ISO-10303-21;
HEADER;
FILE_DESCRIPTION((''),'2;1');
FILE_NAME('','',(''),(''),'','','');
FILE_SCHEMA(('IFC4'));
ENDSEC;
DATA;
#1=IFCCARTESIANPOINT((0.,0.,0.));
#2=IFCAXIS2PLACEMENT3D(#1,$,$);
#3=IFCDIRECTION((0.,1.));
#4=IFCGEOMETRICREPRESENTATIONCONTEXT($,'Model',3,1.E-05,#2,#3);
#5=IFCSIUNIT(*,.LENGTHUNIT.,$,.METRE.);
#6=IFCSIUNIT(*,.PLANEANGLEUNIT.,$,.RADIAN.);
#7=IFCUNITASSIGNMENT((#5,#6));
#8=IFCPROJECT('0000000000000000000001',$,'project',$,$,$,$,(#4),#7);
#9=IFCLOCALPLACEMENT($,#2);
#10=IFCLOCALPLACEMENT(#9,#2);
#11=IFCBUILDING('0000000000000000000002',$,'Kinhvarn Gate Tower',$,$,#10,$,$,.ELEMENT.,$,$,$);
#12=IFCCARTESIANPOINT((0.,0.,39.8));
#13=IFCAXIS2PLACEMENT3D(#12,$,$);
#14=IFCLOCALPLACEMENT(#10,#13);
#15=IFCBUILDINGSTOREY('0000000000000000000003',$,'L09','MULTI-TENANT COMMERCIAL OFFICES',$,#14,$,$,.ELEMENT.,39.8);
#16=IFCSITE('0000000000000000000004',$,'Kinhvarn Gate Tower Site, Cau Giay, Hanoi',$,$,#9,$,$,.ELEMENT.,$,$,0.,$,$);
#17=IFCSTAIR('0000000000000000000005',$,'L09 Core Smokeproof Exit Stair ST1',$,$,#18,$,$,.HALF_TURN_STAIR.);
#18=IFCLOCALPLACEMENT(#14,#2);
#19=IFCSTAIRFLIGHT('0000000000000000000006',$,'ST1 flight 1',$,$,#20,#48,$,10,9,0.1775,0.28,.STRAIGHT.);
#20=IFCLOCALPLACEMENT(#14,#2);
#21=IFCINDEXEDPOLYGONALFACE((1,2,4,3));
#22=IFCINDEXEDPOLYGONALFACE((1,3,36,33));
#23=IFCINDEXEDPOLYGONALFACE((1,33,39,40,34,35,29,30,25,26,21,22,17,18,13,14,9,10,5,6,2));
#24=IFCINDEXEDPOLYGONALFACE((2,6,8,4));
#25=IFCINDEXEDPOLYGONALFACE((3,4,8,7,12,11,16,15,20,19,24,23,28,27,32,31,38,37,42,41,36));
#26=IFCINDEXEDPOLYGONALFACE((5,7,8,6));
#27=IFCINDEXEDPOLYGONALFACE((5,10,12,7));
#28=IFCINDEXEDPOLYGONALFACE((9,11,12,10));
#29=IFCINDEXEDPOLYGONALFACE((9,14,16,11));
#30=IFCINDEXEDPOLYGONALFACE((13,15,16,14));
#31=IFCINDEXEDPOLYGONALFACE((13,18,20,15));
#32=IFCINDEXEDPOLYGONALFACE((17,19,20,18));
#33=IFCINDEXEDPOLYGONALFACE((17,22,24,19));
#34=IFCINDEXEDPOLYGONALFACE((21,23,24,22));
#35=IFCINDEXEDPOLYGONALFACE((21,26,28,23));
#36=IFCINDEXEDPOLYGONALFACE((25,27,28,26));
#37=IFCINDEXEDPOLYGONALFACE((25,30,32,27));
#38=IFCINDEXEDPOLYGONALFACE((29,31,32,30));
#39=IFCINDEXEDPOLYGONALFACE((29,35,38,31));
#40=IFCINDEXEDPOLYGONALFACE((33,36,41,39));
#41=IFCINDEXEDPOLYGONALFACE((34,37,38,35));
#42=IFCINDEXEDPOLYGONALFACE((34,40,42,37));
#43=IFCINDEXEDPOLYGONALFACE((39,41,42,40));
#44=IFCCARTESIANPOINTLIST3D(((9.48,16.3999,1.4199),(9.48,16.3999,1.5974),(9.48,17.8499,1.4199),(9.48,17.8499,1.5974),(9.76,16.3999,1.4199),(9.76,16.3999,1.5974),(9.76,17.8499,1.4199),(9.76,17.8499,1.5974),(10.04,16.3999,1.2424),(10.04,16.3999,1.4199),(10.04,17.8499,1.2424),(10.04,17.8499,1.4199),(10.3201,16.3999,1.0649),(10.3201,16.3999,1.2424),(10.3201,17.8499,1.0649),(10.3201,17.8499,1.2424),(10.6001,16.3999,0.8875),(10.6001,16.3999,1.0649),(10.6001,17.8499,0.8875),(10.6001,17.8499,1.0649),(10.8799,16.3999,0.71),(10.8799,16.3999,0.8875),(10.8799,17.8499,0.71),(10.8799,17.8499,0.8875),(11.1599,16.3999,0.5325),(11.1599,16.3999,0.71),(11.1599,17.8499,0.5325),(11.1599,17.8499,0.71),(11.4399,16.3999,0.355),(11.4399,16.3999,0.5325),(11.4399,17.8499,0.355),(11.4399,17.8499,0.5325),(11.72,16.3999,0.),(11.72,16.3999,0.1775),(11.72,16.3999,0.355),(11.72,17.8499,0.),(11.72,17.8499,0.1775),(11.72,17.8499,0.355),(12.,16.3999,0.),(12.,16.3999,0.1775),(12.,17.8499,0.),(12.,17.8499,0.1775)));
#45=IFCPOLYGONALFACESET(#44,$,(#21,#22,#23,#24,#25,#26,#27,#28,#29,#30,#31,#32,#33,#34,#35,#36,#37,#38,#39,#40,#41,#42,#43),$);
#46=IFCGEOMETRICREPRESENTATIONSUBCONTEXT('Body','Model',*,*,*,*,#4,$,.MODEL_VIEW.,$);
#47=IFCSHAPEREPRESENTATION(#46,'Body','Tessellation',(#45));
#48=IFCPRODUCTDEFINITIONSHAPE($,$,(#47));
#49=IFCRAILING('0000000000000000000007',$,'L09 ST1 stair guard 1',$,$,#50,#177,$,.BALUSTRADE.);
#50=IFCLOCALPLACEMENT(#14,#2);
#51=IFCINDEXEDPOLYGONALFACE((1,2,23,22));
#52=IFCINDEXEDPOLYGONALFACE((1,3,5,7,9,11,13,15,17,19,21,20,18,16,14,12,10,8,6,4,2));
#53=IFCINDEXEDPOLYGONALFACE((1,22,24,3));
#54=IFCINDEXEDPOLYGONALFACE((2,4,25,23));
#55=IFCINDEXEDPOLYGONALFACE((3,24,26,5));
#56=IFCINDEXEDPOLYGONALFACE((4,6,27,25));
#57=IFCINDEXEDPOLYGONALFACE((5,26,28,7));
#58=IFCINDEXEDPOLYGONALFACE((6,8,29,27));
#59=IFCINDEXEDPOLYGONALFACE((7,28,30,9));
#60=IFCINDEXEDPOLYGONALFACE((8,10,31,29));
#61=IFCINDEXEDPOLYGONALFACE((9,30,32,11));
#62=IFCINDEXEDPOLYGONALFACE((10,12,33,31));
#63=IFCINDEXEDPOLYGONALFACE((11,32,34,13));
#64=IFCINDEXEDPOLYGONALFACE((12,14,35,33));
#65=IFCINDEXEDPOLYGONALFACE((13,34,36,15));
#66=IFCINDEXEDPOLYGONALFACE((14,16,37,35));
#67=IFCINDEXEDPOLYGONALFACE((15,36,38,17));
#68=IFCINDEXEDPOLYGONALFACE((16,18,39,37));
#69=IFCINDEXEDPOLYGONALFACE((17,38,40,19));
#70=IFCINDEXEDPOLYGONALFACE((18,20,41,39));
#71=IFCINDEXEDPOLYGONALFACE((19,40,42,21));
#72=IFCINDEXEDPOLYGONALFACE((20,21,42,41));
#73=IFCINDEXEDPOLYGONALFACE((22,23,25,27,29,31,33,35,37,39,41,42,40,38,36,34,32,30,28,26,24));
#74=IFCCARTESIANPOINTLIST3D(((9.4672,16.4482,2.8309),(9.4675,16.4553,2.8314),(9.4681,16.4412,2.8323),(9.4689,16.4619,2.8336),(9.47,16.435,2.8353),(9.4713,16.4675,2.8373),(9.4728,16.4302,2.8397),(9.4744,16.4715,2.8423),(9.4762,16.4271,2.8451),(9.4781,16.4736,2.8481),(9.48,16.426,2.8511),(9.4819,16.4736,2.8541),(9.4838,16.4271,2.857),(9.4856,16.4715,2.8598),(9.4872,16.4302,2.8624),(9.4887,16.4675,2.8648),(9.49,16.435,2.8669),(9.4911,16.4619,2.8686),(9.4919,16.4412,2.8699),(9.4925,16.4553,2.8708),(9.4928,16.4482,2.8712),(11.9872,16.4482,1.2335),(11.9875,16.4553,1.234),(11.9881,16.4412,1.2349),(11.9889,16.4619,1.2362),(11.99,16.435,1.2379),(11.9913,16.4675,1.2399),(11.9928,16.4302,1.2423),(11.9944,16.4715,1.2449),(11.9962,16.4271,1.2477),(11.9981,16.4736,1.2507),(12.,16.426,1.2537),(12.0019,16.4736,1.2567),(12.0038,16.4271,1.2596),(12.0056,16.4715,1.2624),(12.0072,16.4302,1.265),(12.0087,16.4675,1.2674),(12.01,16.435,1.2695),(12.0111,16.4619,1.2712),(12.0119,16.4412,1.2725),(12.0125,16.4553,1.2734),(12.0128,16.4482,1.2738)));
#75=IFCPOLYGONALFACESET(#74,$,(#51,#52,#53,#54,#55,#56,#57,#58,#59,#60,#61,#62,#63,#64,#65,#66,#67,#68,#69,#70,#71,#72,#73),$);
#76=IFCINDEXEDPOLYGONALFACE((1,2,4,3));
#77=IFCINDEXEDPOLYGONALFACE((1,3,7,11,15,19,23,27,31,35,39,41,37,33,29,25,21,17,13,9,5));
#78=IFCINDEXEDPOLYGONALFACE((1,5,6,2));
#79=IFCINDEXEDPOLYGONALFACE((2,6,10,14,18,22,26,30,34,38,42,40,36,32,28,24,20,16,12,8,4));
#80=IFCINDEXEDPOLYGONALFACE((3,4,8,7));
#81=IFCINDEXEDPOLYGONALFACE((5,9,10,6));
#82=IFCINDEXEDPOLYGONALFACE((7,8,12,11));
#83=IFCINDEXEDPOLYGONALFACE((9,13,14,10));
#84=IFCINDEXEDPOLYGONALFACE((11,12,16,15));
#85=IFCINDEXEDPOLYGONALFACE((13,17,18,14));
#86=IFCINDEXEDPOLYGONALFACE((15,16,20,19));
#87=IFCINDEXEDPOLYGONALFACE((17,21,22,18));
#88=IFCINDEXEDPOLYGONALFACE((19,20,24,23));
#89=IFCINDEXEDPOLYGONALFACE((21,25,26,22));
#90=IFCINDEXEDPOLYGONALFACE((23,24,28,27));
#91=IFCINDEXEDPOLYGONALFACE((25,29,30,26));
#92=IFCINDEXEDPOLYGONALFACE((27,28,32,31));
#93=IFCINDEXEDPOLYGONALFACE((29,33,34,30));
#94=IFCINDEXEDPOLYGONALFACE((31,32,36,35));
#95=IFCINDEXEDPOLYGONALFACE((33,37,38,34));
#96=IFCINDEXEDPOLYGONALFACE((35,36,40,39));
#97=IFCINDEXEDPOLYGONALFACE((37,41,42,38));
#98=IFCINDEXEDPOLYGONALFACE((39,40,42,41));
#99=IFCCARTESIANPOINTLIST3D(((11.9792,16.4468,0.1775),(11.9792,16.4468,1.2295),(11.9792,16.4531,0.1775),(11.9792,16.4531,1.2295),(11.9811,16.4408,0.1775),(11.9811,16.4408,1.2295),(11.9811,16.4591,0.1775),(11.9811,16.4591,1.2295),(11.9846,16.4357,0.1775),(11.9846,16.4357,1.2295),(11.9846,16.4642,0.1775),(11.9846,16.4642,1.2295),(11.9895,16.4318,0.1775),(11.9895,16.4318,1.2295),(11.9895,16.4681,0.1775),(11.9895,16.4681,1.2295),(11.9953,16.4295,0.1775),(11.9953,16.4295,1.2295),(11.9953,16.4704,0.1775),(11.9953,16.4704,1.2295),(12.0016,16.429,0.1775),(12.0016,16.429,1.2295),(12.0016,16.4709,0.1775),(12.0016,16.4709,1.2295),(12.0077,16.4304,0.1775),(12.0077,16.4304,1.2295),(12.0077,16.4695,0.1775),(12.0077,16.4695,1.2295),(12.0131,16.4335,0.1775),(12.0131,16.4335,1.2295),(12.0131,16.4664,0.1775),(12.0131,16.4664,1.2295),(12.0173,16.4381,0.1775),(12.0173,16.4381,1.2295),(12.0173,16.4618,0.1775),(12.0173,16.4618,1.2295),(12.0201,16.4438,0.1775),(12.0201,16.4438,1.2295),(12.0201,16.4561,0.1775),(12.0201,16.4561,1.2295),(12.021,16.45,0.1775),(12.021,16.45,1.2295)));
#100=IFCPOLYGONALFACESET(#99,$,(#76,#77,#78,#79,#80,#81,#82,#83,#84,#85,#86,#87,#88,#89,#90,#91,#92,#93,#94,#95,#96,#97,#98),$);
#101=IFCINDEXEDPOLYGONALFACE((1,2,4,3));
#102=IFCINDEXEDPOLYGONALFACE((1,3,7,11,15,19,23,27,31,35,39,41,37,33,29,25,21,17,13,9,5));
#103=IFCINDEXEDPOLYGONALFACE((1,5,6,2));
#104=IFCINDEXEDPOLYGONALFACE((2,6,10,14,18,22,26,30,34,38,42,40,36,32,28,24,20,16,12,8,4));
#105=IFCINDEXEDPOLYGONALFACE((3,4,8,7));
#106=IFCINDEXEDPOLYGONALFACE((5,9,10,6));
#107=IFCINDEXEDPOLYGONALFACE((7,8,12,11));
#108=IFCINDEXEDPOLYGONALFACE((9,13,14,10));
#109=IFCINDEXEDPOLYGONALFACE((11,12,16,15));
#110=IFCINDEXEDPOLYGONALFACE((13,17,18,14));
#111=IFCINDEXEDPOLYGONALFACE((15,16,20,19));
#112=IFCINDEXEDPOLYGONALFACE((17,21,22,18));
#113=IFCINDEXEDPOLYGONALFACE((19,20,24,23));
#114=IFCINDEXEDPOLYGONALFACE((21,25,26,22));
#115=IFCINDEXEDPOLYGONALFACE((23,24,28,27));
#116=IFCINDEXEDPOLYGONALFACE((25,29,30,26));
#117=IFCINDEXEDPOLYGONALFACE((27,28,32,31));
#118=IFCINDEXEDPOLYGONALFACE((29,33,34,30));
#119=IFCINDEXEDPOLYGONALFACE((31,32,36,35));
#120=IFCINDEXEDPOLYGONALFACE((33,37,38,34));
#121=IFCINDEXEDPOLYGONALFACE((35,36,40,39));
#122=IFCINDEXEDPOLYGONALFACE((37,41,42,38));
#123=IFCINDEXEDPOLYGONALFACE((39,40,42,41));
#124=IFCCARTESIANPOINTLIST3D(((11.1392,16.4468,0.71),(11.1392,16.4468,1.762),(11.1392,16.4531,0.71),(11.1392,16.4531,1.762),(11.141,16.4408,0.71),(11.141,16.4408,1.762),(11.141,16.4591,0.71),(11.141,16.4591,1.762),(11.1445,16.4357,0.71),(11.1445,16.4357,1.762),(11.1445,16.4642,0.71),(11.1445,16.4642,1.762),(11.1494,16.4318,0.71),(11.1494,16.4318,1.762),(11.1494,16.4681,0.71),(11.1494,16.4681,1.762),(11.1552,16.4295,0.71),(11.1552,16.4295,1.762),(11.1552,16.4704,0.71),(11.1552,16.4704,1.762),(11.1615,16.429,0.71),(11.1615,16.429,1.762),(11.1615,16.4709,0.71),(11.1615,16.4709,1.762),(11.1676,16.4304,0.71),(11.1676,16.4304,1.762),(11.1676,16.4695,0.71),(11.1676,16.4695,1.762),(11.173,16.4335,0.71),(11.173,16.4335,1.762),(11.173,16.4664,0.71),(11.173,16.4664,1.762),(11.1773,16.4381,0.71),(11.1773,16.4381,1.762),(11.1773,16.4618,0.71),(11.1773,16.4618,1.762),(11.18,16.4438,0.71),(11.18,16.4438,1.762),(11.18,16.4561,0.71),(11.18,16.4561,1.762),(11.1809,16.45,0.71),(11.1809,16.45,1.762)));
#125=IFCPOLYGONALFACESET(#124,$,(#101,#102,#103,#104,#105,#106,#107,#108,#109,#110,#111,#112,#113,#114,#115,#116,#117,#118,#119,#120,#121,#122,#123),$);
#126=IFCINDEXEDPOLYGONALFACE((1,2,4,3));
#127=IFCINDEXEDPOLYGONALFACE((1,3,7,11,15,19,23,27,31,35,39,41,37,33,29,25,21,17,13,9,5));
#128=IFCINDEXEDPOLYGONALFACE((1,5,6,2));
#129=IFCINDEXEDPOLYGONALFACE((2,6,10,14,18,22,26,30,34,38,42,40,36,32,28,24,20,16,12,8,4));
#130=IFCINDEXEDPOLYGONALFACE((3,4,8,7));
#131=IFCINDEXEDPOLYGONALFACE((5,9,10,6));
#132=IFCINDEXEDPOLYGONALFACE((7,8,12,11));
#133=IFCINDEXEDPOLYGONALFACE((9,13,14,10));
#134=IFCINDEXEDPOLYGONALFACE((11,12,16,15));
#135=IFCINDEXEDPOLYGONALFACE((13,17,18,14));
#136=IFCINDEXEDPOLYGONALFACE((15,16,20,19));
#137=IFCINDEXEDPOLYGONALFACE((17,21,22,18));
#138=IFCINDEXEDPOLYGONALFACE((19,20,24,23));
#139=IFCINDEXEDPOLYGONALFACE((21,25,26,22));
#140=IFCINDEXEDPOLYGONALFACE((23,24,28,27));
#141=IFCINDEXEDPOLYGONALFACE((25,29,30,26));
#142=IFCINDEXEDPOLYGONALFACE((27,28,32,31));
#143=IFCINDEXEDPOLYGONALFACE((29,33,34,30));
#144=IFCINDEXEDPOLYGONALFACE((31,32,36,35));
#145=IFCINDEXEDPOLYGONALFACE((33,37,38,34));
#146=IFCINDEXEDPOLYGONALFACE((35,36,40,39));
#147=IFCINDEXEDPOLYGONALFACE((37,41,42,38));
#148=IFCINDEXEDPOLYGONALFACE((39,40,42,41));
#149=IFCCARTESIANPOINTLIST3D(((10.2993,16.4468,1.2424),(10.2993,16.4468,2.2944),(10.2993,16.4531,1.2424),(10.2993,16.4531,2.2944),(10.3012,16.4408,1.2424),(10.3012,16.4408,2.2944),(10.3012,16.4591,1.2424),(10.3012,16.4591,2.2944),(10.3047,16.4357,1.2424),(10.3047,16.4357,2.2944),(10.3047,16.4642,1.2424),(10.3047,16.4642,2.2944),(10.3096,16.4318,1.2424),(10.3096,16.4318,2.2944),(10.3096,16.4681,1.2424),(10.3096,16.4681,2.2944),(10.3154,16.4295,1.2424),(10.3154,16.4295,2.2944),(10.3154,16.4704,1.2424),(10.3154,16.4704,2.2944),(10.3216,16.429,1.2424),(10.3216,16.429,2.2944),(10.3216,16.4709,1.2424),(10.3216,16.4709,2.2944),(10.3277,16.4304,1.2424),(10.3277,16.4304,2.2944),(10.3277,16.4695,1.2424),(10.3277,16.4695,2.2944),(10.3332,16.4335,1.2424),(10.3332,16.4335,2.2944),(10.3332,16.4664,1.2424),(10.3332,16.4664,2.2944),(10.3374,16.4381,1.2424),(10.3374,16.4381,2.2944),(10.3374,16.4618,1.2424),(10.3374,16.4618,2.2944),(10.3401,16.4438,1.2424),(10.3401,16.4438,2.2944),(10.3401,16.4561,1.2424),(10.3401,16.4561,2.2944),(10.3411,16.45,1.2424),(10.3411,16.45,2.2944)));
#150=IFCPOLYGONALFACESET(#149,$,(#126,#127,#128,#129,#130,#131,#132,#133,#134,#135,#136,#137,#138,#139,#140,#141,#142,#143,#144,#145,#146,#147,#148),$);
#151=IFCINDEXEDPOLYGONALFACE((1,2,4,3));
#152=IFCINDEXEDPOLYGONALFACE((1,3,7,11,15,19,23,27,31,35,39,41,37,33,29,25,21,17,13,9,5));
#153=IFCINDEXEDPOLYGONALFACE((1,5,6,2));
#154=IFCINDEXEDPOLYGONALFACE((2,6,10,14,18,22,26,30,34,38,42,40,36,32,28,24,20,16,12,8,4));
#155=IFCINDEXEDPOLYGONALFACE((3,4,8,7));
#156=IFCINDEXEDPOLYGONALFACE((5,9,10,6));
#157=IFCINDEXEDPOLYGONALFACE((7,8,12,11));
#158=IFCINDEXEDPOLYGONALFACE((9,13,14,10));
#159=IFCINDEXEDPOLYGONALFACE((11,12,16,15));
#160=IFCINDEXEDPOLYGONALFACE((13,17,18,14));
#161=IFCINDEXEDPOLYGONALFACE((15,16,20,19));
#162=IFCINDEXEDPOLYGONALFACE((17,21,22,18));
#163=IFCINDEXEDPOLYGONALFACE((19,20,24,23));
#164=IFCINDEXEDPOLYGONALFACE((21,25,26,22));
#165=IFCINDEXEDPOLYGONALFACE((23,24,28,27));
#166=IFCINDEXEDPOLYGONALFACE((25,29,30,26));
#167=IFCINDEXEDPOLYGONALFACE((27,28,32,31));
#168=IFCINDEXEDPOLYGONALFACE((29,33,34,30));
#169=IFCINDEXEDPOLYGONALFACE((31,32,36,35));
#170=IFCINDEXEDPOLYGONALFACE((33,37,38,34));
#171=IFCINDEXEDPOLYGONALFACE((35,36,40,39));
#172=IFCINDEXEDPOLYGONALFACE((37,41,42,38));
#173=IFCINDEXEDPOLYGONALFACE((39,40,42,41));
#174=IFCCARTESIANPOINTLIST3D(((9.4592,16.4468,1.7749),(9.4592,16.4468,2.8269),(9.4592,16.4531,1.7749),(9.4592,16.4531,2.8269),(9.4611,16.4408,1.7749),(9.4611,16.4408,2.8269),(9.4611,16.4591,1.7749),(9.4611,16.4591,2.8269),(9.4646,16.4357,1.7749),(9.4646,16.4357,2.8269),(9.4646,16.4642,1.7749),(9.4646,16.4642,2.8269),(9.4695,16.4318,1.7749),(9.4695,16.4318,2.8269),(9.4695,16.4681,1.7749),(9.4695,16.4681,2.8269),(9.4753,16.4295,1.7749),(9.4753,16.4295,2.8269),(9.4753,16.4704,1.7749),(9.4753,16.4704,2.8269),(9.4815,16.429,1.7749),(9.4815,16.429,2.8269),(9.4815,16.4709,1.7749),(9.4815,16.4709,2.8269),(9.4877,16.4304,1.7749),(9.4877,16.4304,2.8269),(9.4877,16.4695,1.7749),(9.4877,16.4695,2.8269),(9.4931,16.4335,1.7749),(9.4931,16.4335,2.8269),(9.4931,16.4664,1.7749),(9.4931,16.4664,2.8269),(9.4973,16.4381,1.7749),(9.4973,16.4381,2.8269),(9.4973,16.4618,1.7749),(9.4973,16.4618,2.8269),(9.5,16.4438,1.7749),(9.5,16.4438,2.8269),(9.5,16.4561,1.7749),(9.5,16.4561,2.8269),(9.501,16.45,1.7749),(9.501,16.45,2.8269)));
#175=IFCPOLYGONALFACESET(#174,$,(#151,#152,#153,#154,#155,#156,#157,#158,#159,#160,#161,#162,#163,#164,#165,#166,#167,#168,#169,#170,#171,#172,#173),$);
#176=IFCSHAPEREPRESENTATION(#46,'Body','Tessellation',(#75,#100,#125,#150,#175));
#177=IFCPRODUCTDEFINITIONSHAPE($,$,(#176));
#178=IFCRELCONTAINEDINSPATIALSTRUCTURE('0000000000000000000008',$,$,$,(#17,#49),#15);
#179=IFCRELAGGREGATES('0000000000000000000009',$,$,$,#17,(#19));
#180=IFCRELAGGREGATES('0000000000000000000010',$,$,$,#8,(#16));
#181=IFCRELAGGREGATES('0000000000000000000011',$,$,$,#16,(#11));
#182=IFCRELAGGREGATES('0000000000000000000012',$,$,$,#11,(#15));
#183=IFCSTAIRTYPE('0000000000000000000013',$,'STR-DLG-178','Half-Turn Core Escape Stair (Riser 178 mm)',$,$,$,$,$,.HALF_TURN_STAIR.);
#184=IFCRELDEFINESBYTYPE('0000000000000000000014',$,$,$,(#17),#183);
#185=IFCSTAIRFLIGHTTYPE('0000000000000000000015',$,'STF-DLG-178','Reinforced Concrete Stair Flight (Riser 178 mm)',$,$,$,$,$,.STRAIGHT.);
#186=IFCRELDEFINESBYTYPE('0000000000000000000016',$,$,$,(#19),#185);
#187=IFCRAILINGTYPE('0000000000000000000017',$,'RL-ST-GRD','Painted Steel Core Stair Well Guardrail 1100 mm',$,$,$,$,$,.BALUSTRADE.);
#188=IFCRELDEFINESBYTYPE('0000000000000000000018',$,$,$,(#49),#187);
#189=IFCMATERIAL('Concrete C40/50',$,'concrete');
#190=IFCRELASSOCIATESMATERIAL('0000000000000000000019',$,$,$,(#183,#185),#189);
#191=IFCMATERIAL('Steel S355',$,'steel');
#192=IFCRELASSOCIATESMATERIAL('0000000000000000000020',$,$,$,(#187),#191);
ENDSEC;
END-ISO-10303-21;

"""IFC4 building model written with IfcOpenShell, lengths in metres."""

from ifc_helpers import new_model, si_unit, direction, frame, origin, origin_2d, place, context, subcontext, project, spatial, polyline, circle, outline, extrude, material, type_object, element, aggregate, save


model = new_model("IFC4")

# Units and contexts
model_context = context("Model", 3, precision=1e-05, world=origin(), true_north=direction((0.0, 1.0)))
body_context = subcontext(model_context, "Body", "Model", "MODEL_VIEW")
ifc_project = project(units=[si_unit("LENGTHUNIT", "METRE"), si_unit("PLANEANGLEUNIT", "RADIAN")], contexts=[model_context])

# Site, building, storey
site_placement = place(None, origin())
site = spatial("IfcSite", under=ifc_project, at=site_placement, Name="Kinhvarn Gate Tower Site, Cau Giay, Hanoi", CompositionType="ELEMENT", RefElevation=0.0)
building_placement = place(site_placement, origin())
building = spatial("IfcBuilding", under=site, at=building_placement, Name="Kinhvarn Gate Tower", CompositionType="ELEMENT")
storey_placement = place(building_placement, frame((0.0, 0.0, 39.8)))
storey = spatial("IfcBuildingStorey", under=building, at=storey_placement, Name="L09", Description="MULTI-TENANT COMMERCIAL OFFICES", CompositionType="ELEMENT", Elevation=39.8)

# Shared definitions
ifc_material_1 = material(Name="Steel S355", Category="steel")

# Shared definitions
ifc_material_2 = material(Name="Concrete C40/50", Category="concrete")

# Stair, stair flight
stair_type = type_object("IfcStairType", Name="STR-DLG-178", Description="Half-Turn Core Escape Stair (Riser 178 mm)", PredefinedType="HALF_TURN_STAIR", material=ifc_material_2)
stair_placement = place(storey_placement, origin())
stair = element("IfcStair", 1, at=stair_placement, inside=storey, type_object=stair_type, Name="L09 Core Smokeproof Exit Stair ST1", PredefinedType="HALF_TURN_STAIR")
stair_flight_type = type_object("IfcStairFlightType", Name="STF-DLG-178", Description="Reinforced Concrete Stair Flight (Riser 178 mm)", PredefinedType="STRAIGHT", material=ifc_material_2)
stair_flight_placement = place(storey_placement, frame((12.0, 17.125, 0.0), z_axis=(0.0, 0.0, 1.0), x_axis=(-1.0, 0.0, 0.0)))
stair_flight = element("IfcStairFlight", 2, at=stair_flight_placement, type_object=stair_flight_type, Name="ST1 flight 1", NumberOfRisers=10, NumberOfTreads=9, PredefinedType="STRAIGHT", RiserHeight=0.1775, TreadLength=0.28, context=body_context, shape_type="SweptSolid", body=[
    extrude(outline(polyline([(0.0, 0.0), (0.0, 0.1775), (0.28, 0.1775), (0.28, 0.355), (0.5601, 0.355), (0.5601, 0.5325), (0.8401, 0.5325), (0.8401, 0.71), (1.1201, 0.71), (1.1201, 0.8875), (1.3999, 0.8875), (1.3999, 1.0649), (1.6799, 1.0649), (1.6799, 1.2424), (1.96, 1.2424), (1.96, 1.4199), (2.24, 1.4199), (2.24, 1.5974), (2.52, 1.5974), (2.52, 1.7749), (2.52, 1.4199), (0.28, 0.0), (0.0, 0.0)])), frame((0.0, 0.7251, 0.0), z_axis=(0.0, -1.0, 0.0), x_axis=(1.0, 0.0, 0.0)), (0.0, 0.0, 1.0), 1.45),
])
aggregate(stair, [stair_flight])

# Railing
railing_type_1 = type_object("IfcRailingType", Name="RL-ST-GRD", Description="Painted Steel Core Stair Well Guardrail 1100 mm", PredefinedType="BALUSTRADE", material=ifc_material_1)
railing_1_placement = place(storey_placement, frame((12.0, 16.45, 0.1775)))
element("IfcRailing", 3, at=railing_1_placement, inside=storey, type_object=railing_type_1, Name="L09 ST1 stair guard 1", PredefinedType="BALUSTRADE", context=body_context, shape_type="SweptSolid", body=[
    extrude(circle(Radius=0.0239, at=origin_2d()), frame((0.0, 0.0, 1.0762), z_axis=(-0.844607, 0.0, 0.535387), x_axis=(0.0, -1.0, 0.0)), (0.0, 0.0, 1.0), 2.9836),
    extrude(circle(Radius=0.021, at=origin_2d()), origin(), (0.0, 0.0, 1.0), 1.052),
    extrude(circle(Radius=0.021, at=origin_2d()), frame((-0.8401, 0.0, 0.5325)), (0.0, 0.0, 1.0), 1.052),
    extrude(circle(Radius=0.021, at=origin_2d()), frame((-1.6799, 0.0, 1.0649)), (0.0, 0.0, 1.0), 1.052),
    extrude(circle(Radius=0.021, at=origin_2d()), frame((-2.52, 0.0, 1.5974)), (0.0, 0.0, 1.0), 1.052),
])

save(model, "model.ifc")
